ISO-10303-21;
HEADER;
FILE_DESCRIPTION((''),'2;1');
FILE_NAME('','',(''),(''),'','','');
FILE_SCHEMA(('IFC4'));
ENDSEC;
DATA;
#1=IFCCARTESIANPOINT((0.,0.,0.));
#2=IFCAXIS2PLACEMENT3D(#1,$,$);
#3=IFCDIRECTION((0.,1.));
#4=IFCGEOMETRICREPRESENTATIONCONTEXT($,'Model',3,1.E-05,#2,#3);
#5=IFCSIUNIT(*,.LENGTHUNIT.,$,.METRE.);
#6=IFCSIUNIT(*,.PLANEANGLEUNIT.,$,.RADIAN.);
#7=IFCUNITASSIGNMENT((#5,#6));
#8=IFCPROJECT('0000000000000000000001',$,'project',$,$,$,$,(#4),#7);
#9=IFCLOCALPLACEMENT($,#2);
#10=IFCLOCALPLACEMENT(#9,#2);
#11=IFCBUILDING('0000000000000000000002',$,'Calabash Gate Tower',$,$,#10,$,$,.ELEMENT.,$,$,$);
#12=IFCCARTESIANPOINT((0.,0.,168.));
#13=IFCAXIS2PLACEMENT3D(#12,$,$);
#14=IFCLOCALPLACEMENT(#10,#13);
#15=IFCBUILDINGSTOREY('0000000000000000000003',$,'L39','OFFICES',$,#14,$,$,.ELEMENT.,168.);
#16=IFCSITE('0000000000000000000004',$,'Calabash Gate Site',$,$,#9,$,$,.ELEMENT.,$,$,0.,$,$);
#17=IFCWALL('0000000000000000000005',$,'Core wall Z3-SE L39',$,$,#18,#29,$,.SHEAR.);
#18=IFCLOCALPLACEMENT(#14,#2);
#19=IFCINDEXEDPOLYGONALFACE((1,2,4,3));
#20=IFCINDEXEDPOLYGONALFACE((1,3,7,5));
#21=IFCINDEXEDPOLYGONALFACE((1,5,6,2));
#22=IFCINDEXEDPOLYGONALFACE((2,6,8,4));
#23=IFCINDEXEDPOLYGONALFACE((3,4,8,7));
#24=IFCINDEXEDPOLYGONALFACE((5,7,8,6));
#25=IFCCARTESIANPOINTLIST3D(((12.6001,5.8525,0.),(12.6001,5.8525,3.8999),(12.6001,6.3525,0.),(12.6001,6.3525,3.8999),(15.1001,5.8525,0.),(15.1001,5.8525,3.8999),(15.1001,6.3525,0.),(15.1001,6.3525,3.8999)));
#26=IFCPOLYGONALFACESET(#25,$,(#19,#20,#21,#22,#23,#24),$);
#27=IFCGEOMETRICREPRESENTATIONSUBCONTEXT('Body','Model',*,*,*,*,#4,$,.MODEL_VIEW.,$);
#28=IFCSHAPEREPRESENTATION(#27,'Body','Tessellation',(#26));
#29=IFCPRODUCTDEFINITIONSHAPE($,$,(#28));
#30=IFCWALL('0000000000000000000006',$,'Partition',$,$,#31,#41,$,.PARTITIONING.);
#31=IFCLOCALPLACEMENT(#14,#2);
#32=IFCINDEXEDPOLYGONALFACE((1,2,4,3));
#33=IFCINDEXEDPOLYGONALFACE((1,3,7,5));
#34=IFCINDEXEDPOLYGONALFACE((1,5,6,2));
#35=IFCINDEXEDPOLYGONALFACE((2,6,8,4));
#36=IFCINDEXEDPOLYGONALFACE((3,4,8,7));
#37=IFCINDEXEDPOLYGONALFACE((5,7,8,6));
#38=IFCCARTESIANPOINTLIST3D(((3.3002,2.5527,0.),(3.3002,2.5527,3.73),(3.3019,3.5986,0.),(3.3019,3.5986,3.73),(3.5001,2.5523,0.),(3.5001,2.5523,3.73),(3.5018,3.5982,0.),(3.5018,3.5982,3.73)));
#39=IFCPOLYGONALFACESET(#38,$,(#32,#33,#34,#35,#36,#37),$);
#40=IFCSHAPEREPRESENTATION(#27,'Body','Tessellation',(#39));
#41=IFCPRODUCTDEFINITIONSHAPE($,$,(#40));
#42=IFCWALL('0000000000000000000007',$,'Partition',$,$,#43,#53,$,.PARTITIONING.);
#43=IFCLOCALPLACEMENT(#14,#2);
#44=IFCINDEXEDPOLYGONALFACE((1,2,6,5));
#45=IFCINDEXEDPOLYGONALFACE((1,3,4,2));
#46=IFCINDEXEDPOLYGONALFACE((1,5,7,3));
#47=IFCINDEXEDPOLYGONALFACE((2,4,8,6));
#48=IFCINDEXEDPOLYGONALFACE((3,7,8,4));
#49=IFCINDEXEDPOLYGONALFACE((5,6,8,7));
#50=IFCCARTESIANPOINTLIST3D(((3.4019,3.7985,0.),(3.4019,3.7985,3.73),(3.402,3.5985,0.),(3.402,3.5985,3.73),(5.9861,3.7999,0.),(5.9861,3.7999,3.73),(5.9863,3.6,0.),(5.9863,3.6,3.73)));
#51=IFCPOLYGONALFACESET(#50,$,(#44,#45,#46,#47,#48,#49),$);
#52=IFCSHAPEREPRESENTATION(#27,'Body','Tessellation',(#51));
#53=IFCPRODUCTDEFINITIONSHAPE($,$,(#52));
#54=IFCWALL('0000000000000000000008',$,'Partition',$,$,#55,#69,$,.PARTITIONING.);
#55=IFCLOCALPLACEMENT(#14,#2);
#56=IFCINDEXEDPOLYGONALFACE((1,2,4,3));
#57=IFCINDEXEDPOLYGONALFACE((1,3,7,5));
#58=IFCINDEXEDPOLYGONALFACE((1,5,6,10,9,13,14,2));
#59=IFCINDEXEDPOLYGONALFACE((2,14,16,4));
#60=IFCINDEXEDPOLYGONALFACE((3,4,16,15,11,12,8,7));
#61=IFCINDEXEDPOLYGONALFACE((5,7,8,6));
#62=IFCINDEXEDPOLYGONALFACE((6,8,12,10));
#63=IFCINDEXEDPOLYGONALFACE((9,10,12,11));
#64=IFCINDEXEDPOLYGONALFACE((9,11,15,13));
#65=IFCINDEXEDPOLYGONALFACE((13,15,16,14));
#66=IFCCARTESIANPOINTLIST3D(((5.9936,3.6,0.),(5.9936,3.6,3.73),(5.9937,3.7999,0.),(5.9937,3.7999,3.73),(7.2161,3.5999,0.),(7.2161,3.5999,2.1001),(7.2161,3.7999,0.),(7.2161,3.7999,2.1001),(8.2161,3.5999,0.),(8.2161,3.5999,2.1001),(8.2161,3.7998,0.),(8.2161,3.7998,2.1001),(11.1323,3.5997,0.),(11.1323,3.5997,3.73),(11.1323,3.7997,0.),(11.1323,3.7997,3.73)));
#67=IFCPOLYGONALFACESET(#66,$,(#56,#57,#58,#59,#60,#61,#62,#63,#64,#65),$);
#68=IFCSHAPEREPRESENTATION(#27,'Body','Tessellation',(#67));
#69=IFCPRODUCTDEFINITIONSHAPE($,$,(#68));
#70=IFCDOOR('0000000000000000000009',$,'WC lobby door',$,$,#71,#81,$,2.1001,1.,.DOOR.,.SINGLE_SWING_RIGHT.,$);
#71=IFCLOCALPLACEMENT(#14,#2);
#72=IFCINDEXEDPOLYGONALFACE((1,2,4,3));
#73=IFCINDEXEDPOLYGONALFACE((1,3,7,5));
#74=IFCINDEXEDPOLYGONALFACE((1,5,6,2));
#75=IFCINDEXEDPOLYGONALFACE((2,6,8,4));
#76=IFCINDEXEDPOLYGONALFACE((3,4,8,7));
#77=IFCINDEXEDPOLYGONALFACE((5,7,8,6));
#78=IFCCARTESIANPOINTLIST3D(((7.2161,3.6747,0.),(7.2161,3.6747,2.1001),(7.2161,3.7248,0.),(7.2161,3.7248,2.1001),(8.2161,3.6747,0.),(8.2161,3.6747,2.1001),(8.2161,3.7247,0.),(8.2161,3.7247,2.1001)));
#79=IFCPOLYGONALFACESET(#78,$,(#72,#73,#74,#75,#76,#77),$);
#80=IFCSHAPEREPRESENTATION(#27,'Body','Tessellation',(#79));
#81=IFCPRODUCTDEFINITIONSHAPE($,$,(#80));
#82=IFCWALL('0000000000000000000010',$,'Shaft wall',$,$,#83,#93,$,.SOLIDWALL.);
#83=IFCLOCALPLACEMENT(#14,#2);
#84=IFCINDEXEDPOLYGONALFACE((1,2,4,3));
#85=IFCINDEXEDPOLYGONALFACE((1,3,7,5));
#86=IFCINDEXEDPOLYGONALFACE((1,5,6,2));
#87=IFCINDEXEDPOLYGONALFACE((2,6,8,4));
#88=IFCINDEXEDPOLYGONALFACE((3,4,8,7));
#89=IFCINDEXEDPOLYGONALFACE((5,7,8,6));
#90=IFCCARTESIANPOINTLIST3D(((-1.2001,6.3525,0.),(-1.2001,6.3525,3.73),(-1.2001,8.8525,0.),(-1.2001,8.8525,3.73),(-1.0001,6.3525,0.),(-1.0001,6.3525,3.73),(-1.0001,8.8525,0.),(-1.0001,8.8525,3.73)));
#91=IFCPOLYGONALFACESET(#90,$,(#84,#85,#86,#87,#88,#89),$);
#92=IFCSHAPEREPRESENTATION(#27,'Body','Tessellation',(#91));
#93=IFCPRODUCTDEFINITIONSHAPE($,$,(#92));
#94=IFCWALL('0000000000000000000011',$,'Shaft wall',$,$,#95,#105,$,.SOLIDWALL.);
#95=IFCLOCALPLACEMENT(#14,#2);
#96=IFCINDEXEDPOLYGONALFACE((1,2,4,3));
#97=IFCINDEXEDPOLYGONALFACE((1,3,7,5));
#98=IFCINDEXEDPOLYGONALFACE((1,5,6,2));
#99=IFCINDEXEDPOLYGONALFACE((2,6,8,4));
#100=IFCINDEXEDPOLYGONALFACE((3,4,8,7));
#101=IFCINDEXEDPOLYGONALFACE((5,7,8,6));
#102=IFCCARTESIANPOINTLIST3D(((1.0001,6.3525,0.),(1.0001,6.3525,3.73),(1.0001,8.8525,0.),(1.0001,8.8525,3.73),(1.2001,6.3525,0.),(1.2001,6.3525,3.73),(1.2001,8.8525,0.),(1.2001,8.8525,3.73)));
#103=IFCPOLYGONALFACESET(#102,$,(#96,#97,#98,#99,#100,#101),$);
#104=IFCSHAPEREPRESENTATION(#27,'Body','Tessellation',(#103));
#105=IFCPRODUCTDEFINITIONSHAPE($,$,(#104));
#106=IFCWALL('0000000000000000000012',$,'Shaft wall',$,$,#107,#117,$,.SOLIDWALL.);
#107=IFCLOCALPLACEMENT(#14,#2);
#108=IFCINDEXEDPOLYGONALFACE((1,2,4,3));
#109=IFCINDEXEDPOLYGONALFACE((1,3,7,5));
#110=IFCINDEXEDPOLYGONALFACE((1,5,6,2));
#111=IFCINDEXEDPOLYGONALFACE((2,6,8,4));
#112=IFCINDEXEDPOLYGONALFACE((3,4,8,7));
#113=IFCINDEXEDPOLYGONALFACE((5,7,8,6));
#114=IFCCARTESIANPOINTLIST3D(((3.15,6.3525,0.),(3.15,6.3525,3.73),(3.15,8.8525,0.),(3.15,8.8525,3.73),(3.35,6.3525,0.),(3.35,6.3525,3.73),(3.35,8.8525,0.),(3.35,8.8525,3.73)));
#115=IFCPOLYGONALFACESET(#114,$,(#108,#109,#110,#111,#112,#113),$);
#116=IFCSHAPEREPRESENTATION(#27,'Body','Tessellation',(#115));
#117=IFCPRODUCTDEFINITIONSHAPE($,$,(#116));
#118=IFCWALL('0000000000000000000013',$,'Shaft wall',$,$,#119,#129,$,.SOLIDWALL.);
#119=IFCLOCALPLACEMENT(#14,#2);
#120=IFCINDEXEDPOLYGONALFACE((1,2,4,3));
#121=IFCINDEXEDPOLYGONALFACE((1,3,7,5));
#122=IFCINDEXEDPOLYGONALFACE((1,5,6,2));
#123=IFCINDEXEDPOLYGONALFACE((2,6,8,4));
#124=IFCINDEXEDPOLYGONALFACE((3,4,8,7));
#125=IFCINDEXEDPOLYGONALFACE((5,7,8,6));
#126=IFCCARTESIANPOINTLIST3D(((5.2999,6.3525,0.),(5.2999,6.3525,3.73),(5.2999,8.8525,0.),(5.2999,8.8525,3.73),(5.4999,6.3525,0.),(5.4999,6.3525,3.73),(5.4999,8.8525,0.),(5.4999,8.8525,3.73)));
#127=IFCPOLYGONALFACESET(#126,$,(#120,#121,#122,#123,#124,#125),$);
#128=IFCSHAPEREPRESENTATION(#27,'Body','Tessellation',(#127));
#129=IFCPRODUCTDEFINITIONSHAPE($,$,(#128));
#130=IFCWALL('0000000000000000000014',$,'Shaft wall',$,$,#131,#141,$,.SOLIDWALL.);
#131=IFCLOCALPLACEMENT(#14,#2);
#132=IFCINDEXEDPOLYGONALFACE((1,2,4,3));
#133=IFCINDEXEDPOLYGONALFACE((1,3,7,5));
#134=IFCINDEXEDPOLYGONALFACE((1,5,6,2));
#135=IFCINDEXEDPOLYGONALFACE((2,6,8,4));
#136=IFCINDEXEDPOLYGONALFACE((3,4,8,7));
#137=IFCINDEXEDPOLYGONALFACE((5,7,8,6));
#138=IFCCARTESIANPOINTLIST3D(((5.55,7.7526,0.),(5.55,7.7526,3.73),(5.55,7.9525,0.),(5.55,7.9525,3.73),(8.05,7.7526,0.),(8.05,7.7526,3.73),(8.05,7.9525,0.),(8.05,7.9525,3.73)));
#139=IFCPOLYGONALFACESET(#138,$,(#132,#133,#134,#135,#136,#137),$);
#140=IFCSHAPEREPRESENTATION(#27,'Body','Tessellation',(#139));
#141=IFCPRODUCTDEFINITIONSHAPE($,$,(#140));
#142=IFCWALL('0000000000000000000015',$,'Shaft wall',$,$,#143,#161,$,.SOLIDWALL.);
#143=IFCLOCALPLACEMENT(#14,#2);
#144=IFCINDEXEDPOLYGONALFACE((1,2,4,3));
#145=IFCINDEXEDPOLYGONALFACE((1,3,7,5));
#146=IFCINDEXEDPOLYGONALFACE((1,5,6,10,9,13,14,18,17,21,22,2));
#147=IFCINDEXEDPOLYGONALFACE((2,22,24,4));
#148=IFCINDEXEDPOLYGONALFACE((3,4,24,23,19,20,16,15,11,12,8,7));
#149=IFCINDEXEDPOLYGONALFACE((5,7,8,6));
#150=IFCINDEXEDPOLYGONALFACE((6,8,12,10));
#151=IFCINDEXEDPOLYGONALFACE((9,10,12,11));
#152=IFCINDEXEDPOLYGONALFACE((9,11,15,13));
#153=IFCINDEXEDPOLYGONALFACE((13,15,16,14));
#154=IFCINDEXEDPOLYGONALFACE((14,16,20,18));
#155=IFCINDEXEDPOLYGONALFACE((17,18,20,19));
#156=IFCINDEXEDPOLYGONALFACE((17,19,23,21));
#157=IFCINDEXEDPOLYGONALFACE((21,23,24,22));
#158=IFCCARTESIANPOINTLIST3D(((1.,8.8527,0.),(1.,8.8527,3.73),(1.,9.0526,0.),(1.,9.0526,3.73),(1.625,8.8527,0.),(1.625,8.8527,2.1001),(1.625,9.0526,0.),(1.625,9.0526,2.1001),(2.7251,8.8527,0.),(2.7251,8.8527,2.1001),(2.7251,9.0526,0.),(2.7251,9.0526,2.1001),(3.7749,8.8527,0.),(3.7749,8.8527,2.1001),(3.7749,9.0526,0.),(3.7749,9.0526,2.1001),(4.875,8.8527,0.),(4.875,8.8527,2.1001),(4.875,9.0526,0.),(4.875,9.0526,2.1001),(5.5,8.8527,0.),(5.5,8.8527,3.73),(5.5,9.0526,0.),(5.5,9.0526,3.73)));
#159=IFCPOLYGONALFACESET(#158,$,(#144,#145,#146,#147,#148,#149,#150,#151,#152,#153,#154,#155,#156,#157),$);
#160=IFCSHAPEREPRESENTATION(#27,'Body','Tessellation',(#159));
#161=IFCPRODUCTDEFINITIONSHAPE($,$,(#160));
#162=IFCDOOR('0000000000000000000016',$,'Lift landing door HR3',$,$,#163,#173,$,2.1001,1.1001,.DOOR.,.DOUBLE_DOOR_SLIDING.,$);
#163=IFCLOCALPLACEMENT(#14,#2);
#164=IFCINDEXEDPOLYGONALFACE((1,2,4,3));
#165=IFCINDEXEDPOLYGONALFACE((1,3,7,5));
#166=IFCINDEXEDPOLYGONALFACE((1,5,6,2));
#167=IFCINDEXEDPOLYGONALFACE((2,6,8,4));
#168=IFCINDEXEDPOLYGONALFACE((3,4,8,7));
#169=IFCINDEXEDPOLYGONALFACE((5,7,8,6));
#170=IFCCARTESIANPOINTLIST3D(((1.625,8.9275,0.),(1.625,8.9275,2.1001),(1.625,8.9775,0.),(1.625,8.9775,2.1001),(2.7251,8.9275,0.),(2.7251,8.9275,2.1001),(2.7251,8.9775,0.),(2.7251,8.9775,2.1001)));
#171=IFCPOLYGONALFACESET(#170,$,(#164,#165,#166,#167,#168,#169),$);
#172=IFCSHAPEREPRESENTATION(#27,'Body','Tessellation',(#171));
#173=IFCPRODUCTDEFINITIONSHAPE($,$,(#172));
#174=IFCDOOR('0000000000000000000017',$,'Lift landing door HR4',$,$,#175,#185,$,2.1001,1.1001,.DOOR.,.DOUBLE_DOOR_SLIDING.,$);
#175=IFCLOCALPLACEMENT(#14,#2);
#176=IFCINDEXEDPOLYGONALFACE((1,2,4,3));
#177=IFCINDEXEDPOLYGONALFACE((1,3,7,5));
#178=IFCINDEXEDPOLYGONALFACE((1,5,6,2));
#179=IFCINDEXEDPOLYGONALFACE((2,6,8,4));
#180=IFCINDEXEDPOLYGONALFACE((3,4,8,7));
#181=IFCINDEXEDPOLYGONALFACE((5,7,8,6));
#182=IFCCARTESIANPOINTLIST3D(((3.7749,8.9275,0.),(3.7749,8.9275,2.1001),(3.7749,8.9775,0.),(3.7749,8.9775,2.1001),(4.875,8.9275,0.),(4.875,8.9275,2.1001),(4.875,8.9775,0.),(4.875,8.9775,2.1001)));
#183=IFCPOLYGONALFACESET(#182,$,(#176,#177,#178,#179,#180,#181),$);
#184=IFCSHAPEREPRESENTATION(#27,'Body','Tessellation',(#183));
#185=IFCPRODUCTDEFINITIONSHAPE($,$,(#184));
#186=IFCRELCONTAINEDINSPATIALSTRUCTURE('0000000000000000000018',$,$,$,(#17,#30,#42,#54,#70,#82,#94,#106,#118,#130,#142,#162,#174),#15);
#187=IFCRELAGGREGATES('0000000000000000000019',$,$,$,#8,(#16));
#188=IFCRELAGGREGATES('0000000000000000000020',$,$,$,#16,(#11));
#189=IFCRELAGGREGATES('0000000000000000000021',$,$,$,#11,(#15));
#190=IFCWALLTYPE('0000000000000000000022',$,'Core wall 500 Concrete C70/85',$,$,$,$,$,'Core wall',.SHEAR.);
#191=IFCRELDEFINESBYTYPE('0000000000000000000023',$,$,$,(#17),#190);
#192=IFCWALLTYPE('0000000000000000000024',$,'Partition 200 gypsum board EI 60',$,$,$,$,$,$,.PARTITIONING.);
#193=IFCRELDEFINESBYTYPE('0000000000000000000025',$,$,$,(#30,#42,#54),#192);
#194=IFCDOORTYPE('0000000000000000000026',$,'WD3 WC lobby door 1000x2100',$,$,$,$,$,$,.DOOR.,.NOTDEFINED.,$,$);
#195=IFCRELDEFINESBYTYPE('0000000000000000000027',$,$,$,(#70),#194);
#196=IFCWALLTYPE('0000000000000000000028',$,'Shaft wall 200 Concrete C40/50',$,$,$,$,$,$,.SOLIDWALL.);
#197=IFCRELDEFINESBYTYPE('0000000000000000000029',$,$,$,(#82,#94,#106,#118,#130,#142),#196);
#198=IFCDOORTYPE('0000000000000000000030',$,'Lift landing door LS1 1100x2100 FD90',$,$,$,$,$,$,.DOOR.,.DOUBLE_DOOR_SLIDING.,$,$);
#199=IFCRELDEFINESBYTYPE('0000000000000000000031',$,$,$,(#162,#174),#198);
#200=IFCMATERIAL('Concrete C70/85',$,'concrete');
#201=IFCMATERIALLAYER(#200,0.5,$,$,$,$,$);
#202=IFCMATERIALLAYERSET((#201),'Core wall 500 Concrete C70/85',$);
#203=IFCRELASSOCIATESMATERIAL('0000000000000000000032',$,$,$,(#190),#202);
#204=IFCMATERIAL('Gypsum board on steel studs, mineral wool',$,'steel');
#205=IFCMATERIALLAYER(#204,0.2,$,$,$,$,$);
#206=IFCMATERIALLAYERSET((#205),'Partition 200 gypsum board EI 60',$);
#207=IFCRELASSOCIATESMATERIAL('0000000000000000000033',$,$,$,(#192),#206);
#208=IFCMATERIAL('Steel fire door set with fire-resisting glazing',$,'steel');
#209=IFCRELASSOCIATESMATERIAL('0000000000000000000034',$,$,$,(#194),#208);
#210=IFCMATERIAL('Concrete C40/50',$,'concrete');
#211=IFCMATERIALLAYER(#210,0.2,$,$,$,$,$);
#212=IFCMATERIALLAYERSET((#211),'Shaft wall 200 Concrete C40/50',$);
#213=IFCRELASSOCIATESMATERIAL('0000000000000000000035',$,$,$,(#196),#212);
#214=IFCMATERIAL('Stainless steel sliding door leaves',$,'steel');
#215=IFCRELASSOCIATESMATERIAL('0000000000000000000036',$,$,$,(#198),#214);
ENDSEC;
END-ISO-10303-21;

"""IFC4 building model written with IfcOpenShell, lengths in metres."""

from ifc_helpers import new_model, si_unit, direction, frame, frame_2d, origin, place, context, subcontext, project, spatial, rectangle, extrude, material, layer, layer_set, type_object, element, fill, save


model = new_model("IFC4")

# Units and contexts
model_context = context("Model", 3, precision=1e-05, world=origin(), true_north=direction((0.0, 1.0)))
body_context = subcontext(model_context, "Body", "Model", "MODEL_VIEW")
ifc_project = project(units=[si_unit("LENGTHUNIT", "METRE"), si_unit("PLANEANGLEUNIT", "RADIAN")], contexts=[model_context])

# Site, building, storey
site_placement = place(None, origin())
site = spatial("IfcSite", under=ifc_project, at=site_placement, Name="Calabash Gate Site", CompositionType="ELEMENT", RefElevation=0.0)
building_placement = place(site_placement, origin())
building = spatial("IfcBuilding", under=site, at=building_placement, Name="Calabash Gate Tower", CompositionType="ELEMENT")
storey_placement = place(building_placement, frame((0.0, 0.0, 168.0)))
storey = spatial("IfcBuildingStorey", under=building, at=storey_placement, Name="L39", Description="OFFICES", CompositionType="ELEMENT", Elevation=168.0)

# Shared definitions
ifc_material_1 = material(Name="Concrete C70/85", Category="concrete")
ifc_layer_1 = layer(ifc_material_1, 0.5)
ifc_layer_set_1 = layer_set([ifc_layer_1], Name="Core wall 500 Concrete C70/85")
wall_type_1 = type_object("IfcWallType", Name="Core wall 500 Concrete C70/85", ElementType="Core wall", PredefinedType="SHEAR", material=ifc_layer_set_1)

# Walls
wall_1_placement = place(storey_placement, frame((12.6001, 6.1025, 0.0), z_axis=(0.0, 0.0, 1.0), x_axis=(1.0, 0.0, 0.0)))
element("IfcWall", 1, at=wall_1_placement, inside=storey, type_object=wall_type_1, Name="Core wall Z3-SE L39", PredefinedType="SHEAR", context=body_context, shape_type="SweptSolid", body=[
    extrude(rectangle(XDim=2.5, YDim=0.5, at=frame_2d((1.25, 0.0))), origin(), (0.0, 0.0, 1.0), 3.8999),
])
ifc_material_2 = material(Name="Gypsum board on steel studs, mineral wool", Category="steel")
ifc_layer_2 = layer(ifc_material_2, 0.2)
ifc_layer_set_2 = layer_set([ifc_layer_2], Name="Partition 200 gypsum board EI 60")
wall_type_2 = type_object("IfcWallType", Name="Partition 200 gypsum board EI 60", PredefinedType="PARTITIONING", material=ifc_layer_set_2)
wall_2_placement = place(storey_placement, frame((3.4001, 2.5525, 0.0), z_axis=(0.0, 0.0, 1.0), x_axis=(0.001634, 0.999999, 0.0)))
element("IfcWall", 2, at=wall_2_placement, inside=storey, type_object=wall_type_2, Name="Partition", PredefinedType="PARTITIONING", context=body_context, shape_type="SweptSolid", body=[
    extrude(rectangle(XDim=1.0459, YDim=0.2, at=frame_2d((0.5229, 0.0))), origin(), (0.0, 0.0, 1.0), 3.73),
])
wall_3_placement = place(storey_placement, frame((3.4021, 3.6985, 0.0), z_axis=(0.0, 0.0, 1.0), x_axis=(1.0, 0.000567, 0.0)))
element("IfcWall", 3, at=wall_3_placement, inside=storey, type_object=wall_type_2, Name="Partition", PredefinedType="PARTITIONING", context=body_context, shape_type="SweptSolid", body=[
    extrude(rectangle(XDim=2.5842, YDim=0.2, at=frame_2d((1.292, 0.0))), origin(), (0.0, 0.0, 1.0), 3.73),
])

# Wall, opening, door
wall_4_placement = place(storey_placement, frame((5.9937, 3.7, 0.0), z_axis=(0.0, 0.0, 1.0), x_axis=(1.0, -0.000048, 0.0)))
wall_4 = element("IfcWall", 4, at=wall_4_placement, inside=storey, type_object=wall_type_2, Name="Partition", PredefinedType="PARTITIONING", context=body_context, shape_type="SweptSolid", body=[
    extrude(rectangle(XDim=5.1387, YDim=0.2, at=frame_2d((2.5693, 0.0))), origin(), (0.0, 0.0, 1.0), 3.73),
])
opening_1_placement = place(wall_4_placement, frame((1.2224, 0.0, 0.0)))
opening_1 = element("IfcOpeningElement", 5, at=opening_1_placement, cuts=wall_4, PredefinedType="OPENING", context=body_context, shape_type="SweptSolid", body=[
    extrude(rectangle(XDim=1.0, YDim=2.1001, at=frame_2d((0.5, 1.05))), frame((0.0, 0.1099, 0.0), z_axis=(0.0, -1.0, 0.0), x_axis=(1.0, 0.0, 0.0)), (0.0, 0.0, 1.0), 0.22),
])
ifc_material_3 = material(Name="Steel fire door set with fire-resisting glazing", Category="steel")
door_type_1 = type_object("IfcDoorType", Name="WD3 WC lobby door 1000x2100", OperationType="NOTDEFINED", PredefinedType="DOOR", material=ifc_material_3)
door_1_placement = place(opening_1_placement, origin())
door_1 = element("IfcDoor", 6, at=door_1_placement, inside=storey, type_object=door_type_1, Name="WC lobby door", OperationType="SINGLE_SWING_RIGHT", OverallHeight=2.1001, OverallWidth=1.0, PredefinedType="DOOR", context=body_context, shape_type="SweptSolid", body=[
    extrude(rectangle(XDim=1.0, YDim=2.1001, at=frame_2d((0.5, 1.05))), frame((0.0, 0.0249, 0.0), z_axis=(0.0, -1.0, 0.0), x_axis=(1.0, 0.0, 0.0)), (0.0, 0.0, 1.0), 0.05),
])
fill(opening_1, door_1)

# Walls
ifc_material_4 = material(Name="Concrete C40/50", Category="concrete")
ifc_layer_3 = layer(ifc_material_4, 0.2)
ifc_layer_set_3 = layer_set([ifc_layer_3], Name="Shaft wall 200 Concrete C40/50")
wall_type_3 = type_object("IfcWallType", Name="Shaft wall 200 Concrete C40/50", PredefinedType="SOLIDWALL", material=ifc_layer_set_3)
for number, where, z_axis, x_axis, name in (
    (7, (-1.1001, 6.3525, 0.0), (0.0, 0.0, 1.0), (0.0, 1.0, 0.0), "Shaft wall"),
    (8, (1.1001, 6.3525, 0.0), (0.0, 0.0, 1.0), (0.0, 1.0, 0.0), "Shaft wall"),
    (9, (3.25, 6.3525, 0.0), (0.0, 0.0, 1.0), (0.0, 1.0, 0.0), "Shaft wall"),
    (10, (5.3999, 6.3525, 0.0), (0.0, 0.0, 1.0), (0.0, 1.0, 0.0), "Shaft wall"),
    (11, (5.55, 7.8525, 0.0), (0.0, 0.0, 1.0), (1.0, 0.0, 0.0), "Shaft wall"),
):
    element("IfcWall", number, at=place(storey_placement, frame(where, z_axis=z_axis, x_axis=x_axis)), inside=storey, type_object=wall_type_3, Name=name, PredefinedType="SOLIDWALL", context=body_context, shape_type="SweptSolid", body=[
        extrude(rectangle(XDim=2.5, YDim=0.2, at=frame_2d((1.25, 0.0))), origin(), (0.0, 0.0, 1.0), 3.73),
    ])

# Wall, openings, doors
wall_5_placement = place(storey_placement, frame((1.0, 8.9526, 0.0), z_axis=(0.0, 0.0, 1.0), x_axis=(1.0, 0.0, 0.0)))
wall_5 = element("IfcWall", 12, at=wall_5_placement, inside=storey, type_object=wall_type_3, Name="Shaft wall", PredefinedType="SOLIDWALL", context=body_context, shape_type="SweptSolid", body=[
    extrude(rectangle(XDim=4.5, YDim=0.2, at=frame_2d((2.25, 0.0))), origin(), (0.0, 0.0, 1.0), 3.73),
])
opening_2_placement = place(wall_5_placement, frame((0.625, 0.0, 0.0)))
opening_2 = element("IfcOpeningElement", 13, at=opening_2_placement, cuts=wall_5, PredefinedType="OPENING", context=body_context, shape_type="SweptSolid", body=[
    extrude(rectangle(XDim=1.1001, YDim=2.1001, at=frame_2d((0.55, 1.05))), frame((0.0, 0.1099, 0.0), z_axis=(0.0, -1.0, 0.0), x_axis=(1.0, 0.0, 0.0)), (0.0, 0.0, 1.0), 0.22),
])
opening_3_placement = place(wall_5_placement, frame((2.7749, 0.0, 0.0)))
opening_3 = element("IfcOpeningElement", 14, at=opening_3_placement, cuts=wall_5, PredefinedType="OPENING", context=body_context, shape_type="SweptSolid", body=[
    extrude(rectangle(XDim=1.1001, YDim=2.1001, at=frame_2d((0.55, 1.05))), frame((0.0, 0.1099, 0.0), z_axis=(0.0, -1.0, 0.0), x_axis=(1.0, 0.0, 0.0)), (0.0, 0.0, 1.0), 0.22),
])
ifc_material_5 = material(Name="Stainless steel sliding door leaves", Category="steel")
door_type_2 = type_object("IfcDoorType", Name="Lift landing door LS1 1100x2100 FD90", OperationType="DOUBLE_DOOR_SLIDING", PredefinedType="DOOR", material=ifc_material_5)
door_2_placement = place(opening_2_placement, origin())
door_2 = element("IfcDoor", 15, at=door_2_placement, inside=storey, type_object=door_type_2, Name="Lift landing door HR3", OperationType="DOUBLE_DOOR_SLIDING", OverallHeight=2.1001, OverallWidth=1.1001, PredefinedType="DOOR", context=body_context, shape_type="SweptSolid", body=[
    extrude(rectangle(XDim=1.1001, YDim=2.1001, at=frame_2d((0.55, 1.05))), frame((0.0, 0.0249, 0.0), z_axis=(0.0, -1.0, 0.0), x_axis=(1.0, 0.0, 0.0)), (0.0, 0.0, 1.0), 0.05),
])
fill(opening_2, door_2)
door_3_placement = place(opening_3_placement, origin())
door_3 = element("IfcDoor", 16, at=door_3_placement, inside=storey, type_object=door_type_2, Name="Lift landing door HR4", OperationType="DOUBLE_DOOR_SLIDING", OverallHeight=2.1001, OverallWidth=1.1001, PredefinedType="DOOR", context=body_context, shape_type="SweptSolid", body=[
    extrude(rectangle(XDim=1.1001, YDim=2.1001, at=frame_2d((0.55, 1.05))), frame((0.0, 0.0249, 0.0), z_axis=(0.0, -1.0, 0.0), x_axis=(1.0, 0.0, 0.0)), (0.0, 0.0, 1.0), 0.05),
])
fill(opening_3, door_3)

save(model, "model.ifc")
